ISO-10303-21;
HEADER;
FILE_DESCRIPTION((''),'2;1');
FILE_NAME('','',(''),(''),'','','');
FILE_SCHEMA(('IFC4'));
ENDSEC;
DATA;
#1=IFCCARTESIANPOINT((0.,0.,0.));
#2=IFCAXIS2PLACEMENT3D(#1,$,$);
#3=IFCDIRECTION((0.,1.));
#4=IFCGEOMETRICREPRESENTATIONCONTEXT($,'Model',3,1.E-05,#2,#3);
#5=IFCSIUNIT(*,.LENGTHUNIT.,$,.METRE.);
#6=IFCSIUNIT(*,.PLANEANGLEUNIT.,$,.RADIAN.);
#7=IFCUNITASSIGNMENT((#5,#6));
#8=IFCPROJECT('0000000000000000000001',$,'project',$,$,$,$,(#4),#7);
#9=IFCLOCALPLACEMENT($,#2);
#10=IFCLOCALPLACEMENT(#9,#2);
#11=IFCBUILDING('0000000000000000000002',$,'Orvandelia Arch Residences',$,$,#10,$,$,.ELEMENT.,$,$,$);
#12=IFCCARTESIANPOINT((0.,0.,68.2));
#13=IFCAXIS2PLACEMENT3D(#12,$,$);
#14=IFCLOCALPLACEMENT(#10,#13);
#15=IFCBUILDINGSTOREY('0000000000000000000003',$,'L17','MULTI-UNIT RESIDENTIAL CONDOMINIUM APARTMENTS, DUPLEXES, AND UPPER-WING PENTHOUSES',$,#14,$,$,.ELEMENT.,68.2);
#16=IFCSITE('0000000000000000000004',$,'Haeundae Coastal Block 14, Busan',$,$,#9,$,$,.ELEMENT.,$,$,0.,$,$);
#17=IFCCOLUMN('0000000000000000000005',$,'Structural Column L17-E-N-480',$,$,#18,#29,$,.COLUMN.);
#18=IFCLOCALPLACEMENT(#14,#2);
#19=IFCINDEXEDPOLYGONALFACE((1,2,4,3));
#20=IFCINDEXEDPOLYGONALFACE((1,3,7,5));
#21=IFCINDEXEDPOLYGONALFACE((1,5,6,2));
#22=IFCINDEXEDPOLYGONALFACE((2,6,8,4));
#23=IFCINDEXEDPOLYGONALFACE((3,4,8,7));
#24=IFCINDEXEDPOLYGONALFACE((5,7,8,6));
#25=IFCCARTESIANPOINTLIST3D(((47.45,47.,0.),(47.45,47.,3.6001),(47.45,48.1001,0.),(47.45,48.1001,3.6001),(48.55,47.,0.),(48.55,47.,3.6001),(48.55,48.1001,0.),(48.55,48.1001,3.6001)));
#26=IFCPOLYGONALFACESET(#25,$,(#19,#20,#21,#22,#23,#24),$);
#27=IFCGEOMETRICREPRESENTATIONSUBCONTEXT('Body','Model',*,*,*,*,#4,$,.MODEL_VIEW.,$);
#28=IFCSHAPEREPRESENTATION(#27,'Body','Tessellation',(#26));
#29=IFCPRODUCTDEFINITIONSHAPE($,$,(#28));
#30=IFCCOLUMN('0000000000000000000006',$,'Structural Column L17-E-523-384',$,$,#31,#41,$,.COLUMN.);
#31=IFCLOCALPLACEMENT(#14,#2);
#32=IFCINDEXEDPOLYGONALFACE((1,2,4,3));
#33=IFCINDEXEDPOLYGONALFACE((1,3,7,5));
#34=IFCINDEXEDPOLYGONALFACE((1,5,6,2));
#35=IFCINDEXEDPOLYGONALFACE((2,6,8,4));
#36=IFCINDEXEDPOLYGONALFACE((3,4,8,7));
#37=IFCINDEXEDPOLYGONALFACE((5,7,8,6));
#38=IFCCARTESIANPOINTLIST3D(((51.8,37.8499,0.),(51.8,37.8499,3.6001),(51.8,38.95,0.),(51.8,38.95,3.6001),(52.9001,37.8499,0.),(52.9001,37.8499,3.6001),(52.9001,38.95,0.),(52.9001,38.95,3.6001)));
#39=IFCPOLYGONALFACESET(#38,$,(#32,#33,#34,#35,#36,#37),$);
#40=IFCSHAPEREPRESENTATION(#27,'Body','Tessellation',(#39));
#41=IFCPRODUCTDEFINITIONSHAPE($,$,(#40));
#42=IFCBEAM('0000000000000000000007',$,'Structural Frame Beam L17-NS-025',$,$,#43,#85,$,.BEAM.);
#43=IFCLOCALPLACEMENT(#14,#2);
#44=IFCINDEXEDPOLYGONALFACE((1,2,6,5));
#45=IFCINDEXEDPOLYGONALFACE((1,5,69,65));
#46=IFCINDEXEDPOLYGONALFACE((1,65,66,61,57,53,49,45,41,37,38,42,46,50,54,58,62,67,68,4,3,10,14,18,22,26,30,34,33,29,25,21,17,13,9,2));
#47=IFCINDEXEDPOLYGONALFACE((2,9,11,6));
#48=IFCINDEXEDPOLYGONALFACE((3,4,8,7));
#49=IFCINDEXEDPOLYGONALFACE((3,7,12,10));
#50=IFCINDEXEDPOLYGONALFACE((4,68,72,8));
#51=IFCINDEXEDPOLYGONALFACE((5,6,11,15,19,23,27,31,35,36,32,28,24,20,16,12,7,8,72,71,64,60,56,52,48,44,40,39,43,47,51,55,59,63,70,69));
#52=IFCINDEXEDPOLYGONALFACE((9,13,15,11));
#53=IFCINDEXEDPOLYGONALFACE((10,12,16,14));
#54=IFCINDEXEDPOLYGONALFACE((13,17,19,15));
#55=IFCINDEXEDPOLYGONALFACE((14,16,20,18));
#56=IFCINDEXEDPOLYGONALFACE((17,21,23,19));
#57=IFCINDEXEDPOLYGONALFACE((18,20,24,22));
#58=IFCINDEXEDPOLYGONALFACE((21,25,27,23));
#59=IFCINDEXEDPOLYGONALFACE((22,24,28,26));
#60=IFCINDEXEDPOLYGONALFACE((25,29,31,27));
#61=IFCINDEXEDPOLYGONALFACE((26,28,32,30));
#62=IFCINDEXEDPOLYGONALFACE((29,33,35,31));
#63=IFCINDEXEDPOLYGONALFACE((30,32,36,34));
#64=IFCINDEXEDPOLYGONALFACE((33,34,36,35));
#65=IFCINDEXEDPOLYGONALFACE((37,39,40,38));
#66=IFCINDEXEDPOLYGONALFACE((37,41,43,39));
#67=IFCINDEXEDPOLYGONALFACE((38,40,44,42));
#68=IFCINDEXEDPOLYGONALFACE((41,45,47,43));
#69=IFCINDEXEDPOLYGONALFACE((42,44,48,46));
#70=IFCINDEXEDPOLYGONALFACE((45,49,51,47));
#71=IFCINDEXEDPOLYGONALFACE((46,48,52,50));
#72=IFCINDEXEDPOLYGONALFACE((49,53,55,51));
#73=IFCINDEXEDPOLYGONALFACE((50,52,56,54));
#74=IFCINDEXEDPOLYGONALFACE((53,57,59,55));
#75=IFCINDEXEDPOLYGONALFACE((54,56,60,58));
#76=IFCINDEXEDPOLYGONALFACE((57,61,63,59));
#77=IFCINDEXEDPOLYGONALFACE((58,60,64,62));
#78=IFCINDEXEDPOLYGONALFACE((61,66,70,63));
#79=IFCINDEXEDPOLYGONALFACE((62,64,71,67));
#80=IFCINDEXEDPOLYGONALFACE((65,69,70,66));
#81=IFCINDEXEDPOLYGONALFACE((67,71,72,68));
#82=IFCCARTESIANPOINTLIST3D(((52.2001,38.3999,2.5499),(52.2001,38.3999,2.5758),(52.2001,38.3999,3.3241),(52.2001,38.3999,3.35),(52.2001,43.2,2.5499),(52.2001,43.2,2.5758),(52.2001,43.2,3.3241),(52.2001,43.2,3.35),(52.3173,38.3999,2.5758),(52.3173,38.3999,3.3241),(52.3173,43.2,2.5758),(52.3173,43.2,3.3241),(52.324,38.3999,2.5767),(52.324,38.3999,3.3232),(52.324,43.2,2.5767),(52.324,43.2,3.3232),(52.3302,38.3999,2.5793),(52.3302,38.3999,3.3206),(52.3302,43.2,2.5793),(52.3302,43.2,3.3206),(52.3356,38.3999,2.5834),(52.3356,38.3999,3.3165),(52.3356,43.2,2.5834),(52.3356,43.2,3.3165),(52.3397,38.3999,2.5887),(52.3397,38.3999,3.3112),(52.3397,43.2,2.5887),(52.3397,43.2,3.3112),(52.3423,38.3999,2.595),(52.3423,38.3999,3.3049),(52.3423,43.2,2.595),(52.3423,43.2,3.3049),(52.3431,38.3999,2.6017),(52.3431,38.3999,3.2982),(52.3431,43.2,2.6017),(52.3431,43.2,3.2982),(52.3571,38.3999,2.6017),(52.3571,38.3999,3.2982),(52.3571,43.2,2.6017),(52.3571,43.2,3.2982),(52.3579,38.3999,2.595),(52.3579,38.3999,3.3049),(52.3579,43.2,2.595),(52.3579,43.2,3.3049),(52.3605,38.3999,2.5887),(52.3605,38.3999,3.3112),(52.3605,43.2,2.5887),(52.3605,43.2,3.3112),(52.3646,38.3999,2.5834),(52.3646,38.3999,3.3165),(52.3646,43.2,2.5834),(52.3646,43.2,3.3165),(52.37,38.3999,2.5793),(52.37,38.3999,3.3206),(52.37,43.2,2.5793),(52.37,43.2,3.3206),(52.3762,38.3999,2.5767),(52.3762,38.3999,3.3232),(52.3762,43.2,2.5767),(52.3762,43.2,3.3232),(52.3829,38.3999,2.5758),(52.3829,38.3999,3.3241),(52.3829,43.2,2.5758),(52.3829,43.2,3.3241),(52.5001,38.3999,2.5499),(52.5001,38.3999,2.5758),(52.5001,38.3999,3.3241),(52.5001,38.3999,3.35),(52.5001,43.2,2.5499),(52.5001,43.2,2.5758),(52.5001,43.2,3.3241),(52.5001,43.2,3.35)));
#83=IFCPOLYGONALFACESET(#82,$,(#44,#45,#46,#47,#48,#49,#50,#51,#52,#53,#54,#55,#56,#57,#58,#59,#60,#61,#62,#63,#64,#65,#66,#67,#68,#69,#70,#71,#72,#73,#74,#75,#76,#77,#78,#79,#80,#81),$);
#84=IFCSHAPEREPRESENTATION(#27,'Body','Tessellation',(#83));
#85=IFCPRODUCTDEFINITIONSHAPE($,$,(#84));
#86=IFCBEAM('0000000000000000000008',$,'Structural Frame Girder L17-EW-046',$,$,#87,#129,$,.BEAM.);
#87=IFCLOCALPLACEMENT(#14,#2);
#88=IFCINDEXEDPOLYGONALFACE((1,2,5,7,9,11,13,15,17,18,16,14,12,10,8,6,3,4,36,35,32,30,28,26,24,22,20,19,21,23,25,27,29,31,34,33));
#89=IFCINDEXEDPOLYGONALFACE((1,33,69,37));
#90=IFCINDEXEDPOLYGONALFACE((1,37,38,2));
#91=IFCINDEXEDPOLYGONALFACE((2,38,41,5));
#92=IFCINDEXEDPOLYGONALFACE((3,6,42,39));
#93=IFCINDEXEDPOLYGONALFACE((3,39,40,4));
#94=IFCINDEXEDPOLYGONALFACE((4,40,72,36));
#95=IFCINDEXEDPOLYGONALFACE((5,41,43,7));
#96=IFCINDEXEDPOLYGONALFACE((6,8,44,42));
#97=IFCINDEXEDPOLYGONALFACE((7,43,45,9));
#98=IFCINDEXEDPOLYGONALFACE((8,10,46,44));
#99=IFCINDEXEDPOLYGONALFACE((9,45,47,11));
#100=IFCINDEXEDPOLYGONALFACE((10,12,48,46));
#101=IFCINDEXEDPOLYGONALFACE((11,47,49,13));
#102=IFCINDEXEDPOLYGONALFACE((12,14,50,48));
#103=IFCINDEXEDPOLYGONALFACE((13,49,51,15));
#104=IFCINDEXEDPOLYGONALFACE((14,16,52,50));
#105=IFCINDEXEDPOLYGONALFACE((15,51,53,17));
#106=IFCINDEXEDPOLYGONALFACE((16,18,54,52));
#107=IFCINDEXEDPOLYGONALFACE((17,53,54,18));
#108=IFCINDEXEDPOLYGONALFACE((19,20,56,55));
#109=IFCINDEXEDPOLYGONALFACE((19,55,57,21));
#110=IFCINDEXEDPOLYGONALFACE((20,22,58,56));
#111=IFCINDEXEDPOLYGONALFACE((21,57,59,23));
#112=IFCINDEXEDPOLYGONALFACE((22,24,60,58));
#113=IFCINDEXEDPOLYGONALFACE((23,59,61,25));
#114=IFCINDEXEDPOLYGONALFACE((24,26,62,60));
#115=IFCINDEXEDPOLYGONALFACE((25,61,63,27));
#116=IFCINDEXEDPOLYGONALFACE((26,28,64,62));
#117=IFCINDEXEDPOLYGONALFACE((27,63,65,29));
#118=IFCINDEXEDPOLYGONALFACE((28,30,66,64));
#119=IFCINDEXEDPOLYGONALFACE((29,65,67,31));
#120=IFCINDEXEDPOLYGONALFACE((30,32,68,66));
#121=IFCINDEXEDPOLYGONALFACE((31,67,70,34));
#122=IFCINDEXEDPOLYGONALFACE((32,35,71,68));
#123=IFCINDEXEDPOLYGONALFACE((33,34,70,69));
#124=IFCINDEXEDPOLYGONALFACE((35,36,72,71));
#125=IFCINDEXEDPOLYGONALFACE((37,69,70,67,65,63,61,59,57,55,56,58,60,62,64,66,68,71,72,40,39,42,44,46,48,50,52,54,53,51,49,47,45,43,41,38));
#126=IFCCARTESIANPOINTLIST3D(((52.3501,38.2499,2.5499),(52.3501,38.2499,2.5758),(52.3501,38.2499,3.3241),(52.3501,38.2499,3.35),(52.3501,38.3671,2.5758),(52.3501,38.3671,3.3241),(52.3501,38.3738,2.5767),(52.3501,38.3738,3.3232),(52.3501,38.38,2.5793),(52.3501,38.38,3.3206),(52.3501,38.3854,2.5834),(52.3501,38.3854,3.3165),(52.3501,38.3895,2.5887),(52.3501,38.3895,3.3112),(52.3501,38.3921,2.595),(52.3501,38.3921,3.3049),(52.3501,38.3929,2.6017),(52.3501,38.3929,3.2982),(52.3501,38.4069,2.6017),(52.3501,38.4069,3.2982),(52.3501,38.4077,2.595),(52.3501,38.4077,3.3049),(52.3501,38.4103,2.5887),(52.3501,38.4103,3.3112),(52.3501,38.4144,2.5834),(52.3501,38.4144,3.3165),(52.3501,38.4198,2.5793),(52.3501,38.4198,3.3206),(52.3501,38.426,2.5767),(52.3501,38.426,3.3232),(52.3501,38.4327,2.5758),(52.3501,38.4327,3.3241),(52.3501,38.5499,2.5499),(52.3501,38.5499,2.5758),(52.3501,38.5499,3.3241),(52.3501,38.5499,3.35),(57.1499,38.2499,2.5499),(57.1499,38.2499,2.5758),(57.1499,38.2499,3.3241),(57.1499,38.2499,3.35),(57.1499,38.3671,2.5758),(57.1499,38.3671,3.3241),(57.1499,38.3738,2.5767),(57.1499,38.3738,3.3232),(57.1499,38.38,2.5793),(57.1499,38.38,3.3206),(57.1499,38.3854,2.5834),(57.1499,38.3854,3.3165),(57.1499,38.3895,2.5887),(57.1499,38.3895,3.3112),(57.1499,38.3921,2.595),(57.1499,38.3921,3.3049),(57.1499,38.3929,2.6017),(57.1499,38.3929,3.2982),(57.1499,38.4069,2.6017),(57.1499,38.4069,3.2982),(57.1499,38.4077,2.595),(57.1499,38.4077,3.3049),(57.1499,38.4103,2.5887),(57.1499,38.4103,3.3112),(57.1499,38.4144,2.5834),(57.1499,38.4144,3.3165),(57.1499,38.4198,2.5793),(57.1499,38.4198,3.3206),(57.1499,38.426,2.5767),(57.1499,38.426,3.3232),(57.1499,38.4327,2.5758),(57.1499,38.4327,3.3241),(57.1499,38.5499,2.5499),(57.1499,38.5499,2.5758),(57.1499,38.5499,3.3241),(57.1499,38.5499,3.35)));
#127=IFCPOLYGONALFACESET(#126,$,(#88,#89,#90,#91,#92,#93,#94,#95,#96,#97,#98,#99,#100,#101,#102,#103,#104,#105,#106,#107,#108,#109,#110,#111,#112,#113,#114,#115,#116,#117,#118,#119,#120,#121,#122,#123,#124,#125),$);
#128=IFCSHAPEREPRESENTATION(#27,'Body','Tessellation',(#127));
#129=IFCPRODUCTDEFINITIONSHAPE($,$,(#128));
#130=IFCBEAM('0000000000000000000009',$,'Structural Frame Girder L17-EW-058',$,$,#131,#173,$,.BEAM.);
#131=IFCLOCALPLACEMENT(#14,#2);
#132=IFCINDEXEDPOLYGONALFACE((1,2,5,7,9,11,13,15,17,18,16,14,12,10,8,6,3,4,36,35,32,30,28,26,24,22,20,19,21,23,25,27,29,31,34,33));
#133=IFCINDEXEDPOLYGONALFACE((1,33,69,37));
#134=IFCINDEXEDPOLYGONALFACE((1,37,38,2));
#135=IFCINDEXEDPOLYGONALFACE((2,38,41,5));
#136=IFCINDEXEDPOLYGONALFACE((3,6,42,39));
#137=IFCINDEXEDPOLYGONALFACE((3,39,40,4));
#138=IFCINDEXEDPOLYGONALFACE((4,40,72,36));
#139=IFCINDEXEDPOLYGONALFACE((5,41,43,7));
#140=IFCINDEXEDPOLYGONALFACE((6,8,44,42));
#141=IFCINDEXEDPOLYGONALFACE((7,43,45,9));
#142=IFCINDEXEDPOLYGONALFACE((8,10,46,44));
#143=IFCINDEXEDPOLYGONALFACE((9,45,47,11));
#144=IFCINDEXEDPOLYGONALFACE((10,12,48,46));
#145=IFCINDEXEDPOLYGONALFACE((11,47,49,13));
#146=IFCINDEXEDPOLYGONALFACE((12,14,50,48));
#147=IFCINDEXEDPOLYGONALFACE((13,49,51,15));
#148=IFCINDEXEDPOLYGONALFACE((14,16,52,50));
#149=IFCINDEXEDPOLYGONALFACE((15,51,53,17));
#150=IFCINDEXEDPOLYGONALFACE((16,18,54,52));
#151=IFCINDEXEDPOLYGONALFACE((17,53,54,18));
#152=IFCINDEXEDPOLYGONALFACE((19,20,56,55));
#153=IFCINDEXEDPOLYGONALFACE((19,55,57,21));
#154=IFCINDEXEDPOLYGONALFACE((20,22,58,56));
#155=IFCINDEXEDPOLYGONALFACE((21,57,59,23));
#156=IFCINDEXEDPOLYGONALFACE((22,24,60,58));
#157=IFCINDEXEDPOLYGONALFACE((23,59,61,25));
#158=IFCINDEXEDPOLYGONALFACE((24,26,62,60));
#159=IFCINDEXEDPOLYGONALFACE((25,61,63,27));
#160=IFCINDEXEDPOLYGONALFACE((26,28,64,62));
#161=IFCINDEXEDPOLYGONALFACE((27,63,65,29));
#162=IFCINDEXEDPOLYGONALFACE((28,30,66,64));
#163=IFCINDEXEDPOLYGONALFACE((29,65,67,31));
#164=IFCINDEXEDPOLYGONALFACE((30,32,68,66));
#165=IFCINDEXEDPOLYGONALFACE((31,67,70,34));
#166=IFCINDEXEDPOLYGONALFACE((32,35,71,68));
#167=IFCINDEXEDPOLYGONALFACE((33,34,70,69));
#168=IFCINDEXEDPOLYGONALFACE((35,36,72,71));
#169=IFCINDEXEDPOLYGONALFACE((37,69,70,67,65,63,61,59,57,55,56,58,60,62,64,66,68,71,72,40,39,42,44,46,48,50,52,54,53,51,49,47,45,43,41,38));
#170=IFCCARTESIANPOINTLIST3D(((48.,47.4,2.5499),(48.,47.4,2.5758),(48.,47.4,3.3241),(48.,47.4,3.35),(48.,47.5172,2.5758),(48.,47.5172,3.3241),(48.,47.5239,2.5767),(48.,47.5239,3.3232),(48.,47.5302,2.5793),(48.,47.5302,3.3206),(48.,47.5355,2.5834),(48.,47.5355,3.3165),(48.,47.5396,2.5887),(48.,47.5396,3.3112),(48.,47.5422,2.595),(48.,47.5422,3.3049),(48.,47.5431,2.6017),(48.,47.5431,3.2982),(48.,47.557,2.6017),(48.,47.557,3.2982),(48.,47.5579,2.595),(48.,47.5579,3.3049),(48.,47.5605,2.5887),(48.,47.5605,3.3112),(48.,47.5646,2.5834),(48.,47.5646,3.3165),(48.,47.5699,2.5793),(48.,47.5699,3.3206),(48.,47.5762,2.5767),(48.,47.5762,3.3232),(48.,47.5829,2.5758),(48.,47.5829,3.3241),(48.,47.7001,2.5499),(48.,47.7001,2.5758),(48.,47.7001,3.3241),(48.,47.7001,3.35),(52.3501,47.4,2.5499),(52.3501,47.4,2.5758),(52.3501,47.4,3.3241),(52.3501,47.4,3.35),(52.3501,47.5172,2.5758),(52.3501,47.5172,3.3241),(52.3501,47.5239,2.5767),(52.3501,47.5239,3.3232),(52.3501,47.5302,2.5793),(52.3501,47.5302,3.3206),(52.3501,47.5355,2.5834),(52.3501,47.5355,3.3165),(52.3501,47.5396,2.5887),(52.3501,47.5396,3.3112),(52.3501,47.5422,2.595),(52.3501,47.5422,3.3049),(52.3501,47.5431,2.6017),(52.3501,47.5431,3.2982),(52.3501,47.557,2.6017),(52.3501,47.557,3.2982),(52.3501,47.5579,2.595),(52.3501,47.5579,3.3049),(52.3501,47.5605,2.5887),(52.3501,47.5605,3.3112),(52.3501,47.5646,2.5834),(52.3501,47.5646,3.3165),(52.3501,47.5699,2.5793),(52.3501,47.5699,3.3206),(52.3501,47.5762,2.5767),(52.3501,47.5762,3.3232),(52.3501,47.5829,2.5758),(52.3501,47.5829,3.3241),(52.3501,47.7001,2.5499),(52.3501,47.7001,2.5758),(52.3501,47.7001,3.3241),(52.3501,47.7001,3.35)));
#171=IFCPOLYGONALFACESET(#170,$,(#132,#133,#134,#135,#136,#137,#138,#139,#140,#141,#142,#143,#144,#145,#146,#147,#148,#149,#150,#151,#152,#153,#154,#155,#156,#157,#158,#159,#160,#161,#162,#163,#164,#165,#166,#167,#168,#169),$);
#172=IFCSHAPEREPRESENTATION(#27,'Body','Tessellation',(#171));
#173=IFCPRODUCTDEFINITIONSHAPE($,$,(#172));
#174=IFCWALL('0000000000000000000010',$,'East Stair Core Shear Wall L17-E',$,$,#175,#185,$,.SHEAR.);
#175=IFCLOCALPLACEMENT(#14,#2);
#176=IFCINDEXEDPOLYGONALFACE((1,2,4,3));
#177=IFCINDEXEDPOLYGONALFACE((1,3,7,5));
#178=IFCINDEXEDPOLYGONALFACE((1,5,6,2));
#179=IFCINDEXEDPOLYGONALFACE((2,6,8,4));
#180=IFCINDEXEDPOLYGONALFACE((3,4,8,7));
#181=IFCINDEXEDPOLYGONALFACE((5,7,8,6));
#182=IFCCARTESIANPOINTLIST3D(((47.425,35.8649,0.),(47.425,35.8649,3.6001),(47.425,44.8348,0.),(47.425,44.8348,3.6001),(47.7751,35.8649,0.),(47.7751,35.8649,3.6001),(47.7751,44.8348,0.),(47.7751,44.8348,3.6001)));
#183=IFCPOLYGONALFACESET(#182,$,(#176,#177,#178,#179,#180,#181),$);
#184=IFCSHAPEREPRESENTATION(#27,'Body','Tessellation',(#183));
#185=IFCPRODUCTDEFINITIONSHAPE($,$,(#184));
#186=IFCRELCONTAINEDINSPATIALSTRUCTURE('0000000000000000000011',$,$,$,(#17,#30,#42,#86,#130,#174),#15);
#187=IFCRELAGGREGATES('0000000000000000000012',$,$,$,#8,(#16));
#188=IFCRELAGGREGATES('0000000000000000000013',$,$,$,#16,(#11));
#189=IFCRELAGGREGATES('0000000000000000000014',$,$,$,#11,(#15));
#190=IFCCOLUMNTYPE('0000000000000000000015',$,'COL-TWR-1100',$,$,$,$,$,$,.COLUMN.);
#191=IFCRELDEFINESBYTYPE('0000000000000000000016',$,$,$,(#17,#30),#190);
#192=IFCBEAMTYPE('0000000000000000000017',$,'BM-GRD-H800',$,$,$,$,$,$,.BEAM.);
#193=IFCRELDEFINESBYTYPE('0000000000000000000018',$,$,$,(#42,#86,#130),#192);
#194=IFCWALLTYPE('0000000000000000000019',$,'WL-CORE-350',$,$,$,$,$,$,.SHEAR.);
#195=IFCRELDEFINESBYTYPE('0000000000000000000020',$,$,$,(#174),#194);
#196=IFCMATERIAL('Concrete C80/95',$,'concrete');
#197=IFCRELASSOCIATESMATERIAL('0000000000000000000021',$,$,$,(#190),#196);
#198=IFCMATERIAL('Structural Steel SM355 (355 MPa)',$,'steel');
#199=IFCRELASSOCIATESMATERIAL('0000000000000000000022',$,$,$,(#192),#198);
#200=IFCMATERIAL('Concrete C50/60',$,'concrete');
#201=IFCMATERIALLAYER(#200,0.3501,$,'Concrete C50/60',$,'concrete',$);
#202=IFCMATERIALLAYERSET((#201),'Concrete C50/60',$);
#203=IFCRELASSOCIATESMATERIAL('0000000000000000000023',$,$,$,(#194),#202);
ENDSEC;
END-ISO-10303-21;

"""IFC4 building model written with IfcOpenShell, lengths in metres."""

from ifc_helpers import new_model, si_unit, direction, frame, frame_2d, origin, origin_2d, place, context, subcontext, project, spatial, rectangle, i_section, extrude, material, layer, layer_set, material_profile, profile_set, type_object, element, save


model = new_model("IFC4")

# Units and contexts
model_context = context("Model", 3, precision=1e-05, world=origin(), true_north=direction((0.0, 1.0)))
body_context = subcontext(model_context, "Body", "Model", "MODEL_VIEW")
ifc_project = project(units=[si_unit("LENGTHUNIT", "METRE"), si_unit("PLANEANGLEUNIT", "RADIAN")], contexts=[model_context])

# Site, building, storey
site_placement = place(None, origin())
site = spatial("IfcSite", under=ifc_project, at=site_placement, Name="Haeundae Coastal Block 14, Busan", CompositionType="ELEMENT", RefElevation=0.0)
building_placement = place(site_placement, origin())
building = spatial("IfcBuilding", under=site, at=building_placement, Name="Orvandelia Arch Residences", CompositionType="ELEMENT")
storey_placement = place(building_placement, frame((0.0, 0.0, 68.2)))
storey = spatial("IfcBuildingStorey", under=building, at=storey_placement, Name="L17", Description="MULTI-UNIT RESIDENTIAL CONDOMINIUM APARTMENTS, DUPLEXES, AND UPPER-WING PENTHOUSES", CompositionType="ELEMENT", Elevation=68.2)

# Columns
ifc_material_1 = material(Name="Concrete C80/95", Category="concrete")
ifc_material_profile_1 = material_profile(ifc_material_1, rectangle(XDim=1.1001, YDim=1.1001, at=origin_2d()), Name="Concrete C80/95", Category="concrete")
ifc_profile_set_1 = profile_set([ifc_material_profile_1], Name="Concrete C80/95")
column_type = type_object("IfcColumnType", Name="COL-TWR-1100", PredefinedType="COLUMN", material=ifc_profile_set_1)
for number, where, z_axis, x_axis, name in (
    (1, (48.0, 47.55, 0.0), (0.0, 0.0, 1.0), (1.0, 0.0, 0.0), "Structural Column L17-E-N-480"),
    (2, (52.3501, 38.3999, 0.0), (0.0, 0.0, 1.0), (1.0, 0.0, 0.0), "Structural Column L17-E-523-384"),
):
    element("IfcColumn", number, at=place(storey_placement, frame(where, z_axis=z_axis, x_axis=x_axis)), inside=storey, type_object=column_type, Name=name, PredefinedType="COLUMN", context=body_context, shape_type="SweptSolid", body=[
        extrude(rectangle(XDim=1.1001, YDim=1.1001, at=origin_2d()), origin(), (0.0, 0.0, 1.0), 3.6001),
    ])

# Beams
ifc_material_2 = material(Name="Structural Steel SM355 (355 MPa)", Category="steel")
ifc_material_profile_2 = material_profile(ifc_material_2, i_section(OverallWidth=0.3, OverallDepth=0.8, WebThickness=0.0139, FlangeThickness=0.0259, FilletRadius=0.0259, at=origin_2d()), Name="Structural Steel SM355 (355 MPa)", Category="steel")
ifc_profile_set_2 = profile_set([ifc_material_profile_2], Name="Structural Steel SM355 (355 MPa)")
beam_type = type_object("IfcBeamType", Name="BM-GRD-H800", PredefinedType="BEAM", material=ifc_profile_set_2)
beam_1_placement = place(storey_placement, frame((52.3501, 38.3999, 2.95), z_axis=(0.0, 1.0, 0.0), x_axis=(-1.0, 0.0, 0.0)))
element("IfcBeam", 3, at=beam_1_placement, inside=storey, type_object=beam_type, Name="Structural Frame Beam L17-NS-025", PredefinedType="BEAM", context=body_context, shape_type="SweptSolid", body=[
    extrude(i_section(OverallWidth=0.3, OverallDepth=0.8, WebThickness=0.0139, FlangeThickness=0.0259, FilletRadius=0.0259, at=origin_2d()), origin(), (0.0, 0.0, 1.0), 4.8),
])
beam_2_placement = place(storey_placement, frame((52.3501, 38.3999, 2.95), z_axis=(1.0, 0.0, 0.0), x_axis=(0.0, 1.0, 0.0)))
element("IfcBeam", 4, at=beam_2_placement, inside=storey, type_object=beam_type, Name="Structural Frame Girder L17-EW-046", PredefinedType="BEAM", context=body_context, shape_type="SweptSolid", body=[
    extrude(i_section(OverallWidth=0.3, OverallDepth=0.8, WebThickness=0.0139, FlangeThickness=0.0259, FilletRadius=0.0259, at=origin_2d()), origin(), (0.0, 0.0, 1.0), 4.7998),
])
beam_3_placement = place(storey_placement, frame((48.0, 47.55, 2.95), z_axis=(1.0, 0.0, 0.0), x_axis=(0.0, 1.0, 0.0)))
element("IfcBeam", 5, at=beam_3_placement, inside=storey, type_object=beam_type, Name="Structural Frame Girder L17-EW-058", PredefinedType="BEAM", context=body_context, shape_type="SweptSolid", body=[
    extrude(i_section(OverallWidth=0.3, OverallDepth=0.8, WebThickness=0.0139, FlangeThickness=0.0259, FilletRadius=0.0259, at=origin_2d()), origin(), (0.0, 0.0, 1.0), 4.3501),
])

# Wall
ifc_material_3 = material(Name="Concrete C50/60", Category="concrete")
ifc_layer_1 = layer(ifc_material_3, 0.3501, Name="Concrete C50/60", Category="concrete")
ifc_layer_set_1 = layer_set([ifc_layer_1], Name="Concrete C50/60")
wall_type_1 = type_object("IfcWallType", Name="WL-CORE-350", PredefinedType="SHEAR", material=ifc_layer_set_1)
wall_1_placement = place(storey_placement, frame((47.6001, 35.865, 0.0), z_axis=(0.0, 0.0, 1.0), x_axis=(0.0, 1.0, 0.0)))
element("IfcWall", 6, at=wall_1_placement, inside=storey, type_object=wall_type_1, Name="East Stair Core Shear Wall L17-E", PredefinedType="SHEAR", context=body_context, shape_type="SweptSolid", body=[
    extrude(rectangle(XDim=8.97, YDim=0.3501, at=frame_2d((4.4849, 0.0))), origin(), (0.0, 0.0, 1.0), 3.6001),
])

save(model, "model.ifc")
